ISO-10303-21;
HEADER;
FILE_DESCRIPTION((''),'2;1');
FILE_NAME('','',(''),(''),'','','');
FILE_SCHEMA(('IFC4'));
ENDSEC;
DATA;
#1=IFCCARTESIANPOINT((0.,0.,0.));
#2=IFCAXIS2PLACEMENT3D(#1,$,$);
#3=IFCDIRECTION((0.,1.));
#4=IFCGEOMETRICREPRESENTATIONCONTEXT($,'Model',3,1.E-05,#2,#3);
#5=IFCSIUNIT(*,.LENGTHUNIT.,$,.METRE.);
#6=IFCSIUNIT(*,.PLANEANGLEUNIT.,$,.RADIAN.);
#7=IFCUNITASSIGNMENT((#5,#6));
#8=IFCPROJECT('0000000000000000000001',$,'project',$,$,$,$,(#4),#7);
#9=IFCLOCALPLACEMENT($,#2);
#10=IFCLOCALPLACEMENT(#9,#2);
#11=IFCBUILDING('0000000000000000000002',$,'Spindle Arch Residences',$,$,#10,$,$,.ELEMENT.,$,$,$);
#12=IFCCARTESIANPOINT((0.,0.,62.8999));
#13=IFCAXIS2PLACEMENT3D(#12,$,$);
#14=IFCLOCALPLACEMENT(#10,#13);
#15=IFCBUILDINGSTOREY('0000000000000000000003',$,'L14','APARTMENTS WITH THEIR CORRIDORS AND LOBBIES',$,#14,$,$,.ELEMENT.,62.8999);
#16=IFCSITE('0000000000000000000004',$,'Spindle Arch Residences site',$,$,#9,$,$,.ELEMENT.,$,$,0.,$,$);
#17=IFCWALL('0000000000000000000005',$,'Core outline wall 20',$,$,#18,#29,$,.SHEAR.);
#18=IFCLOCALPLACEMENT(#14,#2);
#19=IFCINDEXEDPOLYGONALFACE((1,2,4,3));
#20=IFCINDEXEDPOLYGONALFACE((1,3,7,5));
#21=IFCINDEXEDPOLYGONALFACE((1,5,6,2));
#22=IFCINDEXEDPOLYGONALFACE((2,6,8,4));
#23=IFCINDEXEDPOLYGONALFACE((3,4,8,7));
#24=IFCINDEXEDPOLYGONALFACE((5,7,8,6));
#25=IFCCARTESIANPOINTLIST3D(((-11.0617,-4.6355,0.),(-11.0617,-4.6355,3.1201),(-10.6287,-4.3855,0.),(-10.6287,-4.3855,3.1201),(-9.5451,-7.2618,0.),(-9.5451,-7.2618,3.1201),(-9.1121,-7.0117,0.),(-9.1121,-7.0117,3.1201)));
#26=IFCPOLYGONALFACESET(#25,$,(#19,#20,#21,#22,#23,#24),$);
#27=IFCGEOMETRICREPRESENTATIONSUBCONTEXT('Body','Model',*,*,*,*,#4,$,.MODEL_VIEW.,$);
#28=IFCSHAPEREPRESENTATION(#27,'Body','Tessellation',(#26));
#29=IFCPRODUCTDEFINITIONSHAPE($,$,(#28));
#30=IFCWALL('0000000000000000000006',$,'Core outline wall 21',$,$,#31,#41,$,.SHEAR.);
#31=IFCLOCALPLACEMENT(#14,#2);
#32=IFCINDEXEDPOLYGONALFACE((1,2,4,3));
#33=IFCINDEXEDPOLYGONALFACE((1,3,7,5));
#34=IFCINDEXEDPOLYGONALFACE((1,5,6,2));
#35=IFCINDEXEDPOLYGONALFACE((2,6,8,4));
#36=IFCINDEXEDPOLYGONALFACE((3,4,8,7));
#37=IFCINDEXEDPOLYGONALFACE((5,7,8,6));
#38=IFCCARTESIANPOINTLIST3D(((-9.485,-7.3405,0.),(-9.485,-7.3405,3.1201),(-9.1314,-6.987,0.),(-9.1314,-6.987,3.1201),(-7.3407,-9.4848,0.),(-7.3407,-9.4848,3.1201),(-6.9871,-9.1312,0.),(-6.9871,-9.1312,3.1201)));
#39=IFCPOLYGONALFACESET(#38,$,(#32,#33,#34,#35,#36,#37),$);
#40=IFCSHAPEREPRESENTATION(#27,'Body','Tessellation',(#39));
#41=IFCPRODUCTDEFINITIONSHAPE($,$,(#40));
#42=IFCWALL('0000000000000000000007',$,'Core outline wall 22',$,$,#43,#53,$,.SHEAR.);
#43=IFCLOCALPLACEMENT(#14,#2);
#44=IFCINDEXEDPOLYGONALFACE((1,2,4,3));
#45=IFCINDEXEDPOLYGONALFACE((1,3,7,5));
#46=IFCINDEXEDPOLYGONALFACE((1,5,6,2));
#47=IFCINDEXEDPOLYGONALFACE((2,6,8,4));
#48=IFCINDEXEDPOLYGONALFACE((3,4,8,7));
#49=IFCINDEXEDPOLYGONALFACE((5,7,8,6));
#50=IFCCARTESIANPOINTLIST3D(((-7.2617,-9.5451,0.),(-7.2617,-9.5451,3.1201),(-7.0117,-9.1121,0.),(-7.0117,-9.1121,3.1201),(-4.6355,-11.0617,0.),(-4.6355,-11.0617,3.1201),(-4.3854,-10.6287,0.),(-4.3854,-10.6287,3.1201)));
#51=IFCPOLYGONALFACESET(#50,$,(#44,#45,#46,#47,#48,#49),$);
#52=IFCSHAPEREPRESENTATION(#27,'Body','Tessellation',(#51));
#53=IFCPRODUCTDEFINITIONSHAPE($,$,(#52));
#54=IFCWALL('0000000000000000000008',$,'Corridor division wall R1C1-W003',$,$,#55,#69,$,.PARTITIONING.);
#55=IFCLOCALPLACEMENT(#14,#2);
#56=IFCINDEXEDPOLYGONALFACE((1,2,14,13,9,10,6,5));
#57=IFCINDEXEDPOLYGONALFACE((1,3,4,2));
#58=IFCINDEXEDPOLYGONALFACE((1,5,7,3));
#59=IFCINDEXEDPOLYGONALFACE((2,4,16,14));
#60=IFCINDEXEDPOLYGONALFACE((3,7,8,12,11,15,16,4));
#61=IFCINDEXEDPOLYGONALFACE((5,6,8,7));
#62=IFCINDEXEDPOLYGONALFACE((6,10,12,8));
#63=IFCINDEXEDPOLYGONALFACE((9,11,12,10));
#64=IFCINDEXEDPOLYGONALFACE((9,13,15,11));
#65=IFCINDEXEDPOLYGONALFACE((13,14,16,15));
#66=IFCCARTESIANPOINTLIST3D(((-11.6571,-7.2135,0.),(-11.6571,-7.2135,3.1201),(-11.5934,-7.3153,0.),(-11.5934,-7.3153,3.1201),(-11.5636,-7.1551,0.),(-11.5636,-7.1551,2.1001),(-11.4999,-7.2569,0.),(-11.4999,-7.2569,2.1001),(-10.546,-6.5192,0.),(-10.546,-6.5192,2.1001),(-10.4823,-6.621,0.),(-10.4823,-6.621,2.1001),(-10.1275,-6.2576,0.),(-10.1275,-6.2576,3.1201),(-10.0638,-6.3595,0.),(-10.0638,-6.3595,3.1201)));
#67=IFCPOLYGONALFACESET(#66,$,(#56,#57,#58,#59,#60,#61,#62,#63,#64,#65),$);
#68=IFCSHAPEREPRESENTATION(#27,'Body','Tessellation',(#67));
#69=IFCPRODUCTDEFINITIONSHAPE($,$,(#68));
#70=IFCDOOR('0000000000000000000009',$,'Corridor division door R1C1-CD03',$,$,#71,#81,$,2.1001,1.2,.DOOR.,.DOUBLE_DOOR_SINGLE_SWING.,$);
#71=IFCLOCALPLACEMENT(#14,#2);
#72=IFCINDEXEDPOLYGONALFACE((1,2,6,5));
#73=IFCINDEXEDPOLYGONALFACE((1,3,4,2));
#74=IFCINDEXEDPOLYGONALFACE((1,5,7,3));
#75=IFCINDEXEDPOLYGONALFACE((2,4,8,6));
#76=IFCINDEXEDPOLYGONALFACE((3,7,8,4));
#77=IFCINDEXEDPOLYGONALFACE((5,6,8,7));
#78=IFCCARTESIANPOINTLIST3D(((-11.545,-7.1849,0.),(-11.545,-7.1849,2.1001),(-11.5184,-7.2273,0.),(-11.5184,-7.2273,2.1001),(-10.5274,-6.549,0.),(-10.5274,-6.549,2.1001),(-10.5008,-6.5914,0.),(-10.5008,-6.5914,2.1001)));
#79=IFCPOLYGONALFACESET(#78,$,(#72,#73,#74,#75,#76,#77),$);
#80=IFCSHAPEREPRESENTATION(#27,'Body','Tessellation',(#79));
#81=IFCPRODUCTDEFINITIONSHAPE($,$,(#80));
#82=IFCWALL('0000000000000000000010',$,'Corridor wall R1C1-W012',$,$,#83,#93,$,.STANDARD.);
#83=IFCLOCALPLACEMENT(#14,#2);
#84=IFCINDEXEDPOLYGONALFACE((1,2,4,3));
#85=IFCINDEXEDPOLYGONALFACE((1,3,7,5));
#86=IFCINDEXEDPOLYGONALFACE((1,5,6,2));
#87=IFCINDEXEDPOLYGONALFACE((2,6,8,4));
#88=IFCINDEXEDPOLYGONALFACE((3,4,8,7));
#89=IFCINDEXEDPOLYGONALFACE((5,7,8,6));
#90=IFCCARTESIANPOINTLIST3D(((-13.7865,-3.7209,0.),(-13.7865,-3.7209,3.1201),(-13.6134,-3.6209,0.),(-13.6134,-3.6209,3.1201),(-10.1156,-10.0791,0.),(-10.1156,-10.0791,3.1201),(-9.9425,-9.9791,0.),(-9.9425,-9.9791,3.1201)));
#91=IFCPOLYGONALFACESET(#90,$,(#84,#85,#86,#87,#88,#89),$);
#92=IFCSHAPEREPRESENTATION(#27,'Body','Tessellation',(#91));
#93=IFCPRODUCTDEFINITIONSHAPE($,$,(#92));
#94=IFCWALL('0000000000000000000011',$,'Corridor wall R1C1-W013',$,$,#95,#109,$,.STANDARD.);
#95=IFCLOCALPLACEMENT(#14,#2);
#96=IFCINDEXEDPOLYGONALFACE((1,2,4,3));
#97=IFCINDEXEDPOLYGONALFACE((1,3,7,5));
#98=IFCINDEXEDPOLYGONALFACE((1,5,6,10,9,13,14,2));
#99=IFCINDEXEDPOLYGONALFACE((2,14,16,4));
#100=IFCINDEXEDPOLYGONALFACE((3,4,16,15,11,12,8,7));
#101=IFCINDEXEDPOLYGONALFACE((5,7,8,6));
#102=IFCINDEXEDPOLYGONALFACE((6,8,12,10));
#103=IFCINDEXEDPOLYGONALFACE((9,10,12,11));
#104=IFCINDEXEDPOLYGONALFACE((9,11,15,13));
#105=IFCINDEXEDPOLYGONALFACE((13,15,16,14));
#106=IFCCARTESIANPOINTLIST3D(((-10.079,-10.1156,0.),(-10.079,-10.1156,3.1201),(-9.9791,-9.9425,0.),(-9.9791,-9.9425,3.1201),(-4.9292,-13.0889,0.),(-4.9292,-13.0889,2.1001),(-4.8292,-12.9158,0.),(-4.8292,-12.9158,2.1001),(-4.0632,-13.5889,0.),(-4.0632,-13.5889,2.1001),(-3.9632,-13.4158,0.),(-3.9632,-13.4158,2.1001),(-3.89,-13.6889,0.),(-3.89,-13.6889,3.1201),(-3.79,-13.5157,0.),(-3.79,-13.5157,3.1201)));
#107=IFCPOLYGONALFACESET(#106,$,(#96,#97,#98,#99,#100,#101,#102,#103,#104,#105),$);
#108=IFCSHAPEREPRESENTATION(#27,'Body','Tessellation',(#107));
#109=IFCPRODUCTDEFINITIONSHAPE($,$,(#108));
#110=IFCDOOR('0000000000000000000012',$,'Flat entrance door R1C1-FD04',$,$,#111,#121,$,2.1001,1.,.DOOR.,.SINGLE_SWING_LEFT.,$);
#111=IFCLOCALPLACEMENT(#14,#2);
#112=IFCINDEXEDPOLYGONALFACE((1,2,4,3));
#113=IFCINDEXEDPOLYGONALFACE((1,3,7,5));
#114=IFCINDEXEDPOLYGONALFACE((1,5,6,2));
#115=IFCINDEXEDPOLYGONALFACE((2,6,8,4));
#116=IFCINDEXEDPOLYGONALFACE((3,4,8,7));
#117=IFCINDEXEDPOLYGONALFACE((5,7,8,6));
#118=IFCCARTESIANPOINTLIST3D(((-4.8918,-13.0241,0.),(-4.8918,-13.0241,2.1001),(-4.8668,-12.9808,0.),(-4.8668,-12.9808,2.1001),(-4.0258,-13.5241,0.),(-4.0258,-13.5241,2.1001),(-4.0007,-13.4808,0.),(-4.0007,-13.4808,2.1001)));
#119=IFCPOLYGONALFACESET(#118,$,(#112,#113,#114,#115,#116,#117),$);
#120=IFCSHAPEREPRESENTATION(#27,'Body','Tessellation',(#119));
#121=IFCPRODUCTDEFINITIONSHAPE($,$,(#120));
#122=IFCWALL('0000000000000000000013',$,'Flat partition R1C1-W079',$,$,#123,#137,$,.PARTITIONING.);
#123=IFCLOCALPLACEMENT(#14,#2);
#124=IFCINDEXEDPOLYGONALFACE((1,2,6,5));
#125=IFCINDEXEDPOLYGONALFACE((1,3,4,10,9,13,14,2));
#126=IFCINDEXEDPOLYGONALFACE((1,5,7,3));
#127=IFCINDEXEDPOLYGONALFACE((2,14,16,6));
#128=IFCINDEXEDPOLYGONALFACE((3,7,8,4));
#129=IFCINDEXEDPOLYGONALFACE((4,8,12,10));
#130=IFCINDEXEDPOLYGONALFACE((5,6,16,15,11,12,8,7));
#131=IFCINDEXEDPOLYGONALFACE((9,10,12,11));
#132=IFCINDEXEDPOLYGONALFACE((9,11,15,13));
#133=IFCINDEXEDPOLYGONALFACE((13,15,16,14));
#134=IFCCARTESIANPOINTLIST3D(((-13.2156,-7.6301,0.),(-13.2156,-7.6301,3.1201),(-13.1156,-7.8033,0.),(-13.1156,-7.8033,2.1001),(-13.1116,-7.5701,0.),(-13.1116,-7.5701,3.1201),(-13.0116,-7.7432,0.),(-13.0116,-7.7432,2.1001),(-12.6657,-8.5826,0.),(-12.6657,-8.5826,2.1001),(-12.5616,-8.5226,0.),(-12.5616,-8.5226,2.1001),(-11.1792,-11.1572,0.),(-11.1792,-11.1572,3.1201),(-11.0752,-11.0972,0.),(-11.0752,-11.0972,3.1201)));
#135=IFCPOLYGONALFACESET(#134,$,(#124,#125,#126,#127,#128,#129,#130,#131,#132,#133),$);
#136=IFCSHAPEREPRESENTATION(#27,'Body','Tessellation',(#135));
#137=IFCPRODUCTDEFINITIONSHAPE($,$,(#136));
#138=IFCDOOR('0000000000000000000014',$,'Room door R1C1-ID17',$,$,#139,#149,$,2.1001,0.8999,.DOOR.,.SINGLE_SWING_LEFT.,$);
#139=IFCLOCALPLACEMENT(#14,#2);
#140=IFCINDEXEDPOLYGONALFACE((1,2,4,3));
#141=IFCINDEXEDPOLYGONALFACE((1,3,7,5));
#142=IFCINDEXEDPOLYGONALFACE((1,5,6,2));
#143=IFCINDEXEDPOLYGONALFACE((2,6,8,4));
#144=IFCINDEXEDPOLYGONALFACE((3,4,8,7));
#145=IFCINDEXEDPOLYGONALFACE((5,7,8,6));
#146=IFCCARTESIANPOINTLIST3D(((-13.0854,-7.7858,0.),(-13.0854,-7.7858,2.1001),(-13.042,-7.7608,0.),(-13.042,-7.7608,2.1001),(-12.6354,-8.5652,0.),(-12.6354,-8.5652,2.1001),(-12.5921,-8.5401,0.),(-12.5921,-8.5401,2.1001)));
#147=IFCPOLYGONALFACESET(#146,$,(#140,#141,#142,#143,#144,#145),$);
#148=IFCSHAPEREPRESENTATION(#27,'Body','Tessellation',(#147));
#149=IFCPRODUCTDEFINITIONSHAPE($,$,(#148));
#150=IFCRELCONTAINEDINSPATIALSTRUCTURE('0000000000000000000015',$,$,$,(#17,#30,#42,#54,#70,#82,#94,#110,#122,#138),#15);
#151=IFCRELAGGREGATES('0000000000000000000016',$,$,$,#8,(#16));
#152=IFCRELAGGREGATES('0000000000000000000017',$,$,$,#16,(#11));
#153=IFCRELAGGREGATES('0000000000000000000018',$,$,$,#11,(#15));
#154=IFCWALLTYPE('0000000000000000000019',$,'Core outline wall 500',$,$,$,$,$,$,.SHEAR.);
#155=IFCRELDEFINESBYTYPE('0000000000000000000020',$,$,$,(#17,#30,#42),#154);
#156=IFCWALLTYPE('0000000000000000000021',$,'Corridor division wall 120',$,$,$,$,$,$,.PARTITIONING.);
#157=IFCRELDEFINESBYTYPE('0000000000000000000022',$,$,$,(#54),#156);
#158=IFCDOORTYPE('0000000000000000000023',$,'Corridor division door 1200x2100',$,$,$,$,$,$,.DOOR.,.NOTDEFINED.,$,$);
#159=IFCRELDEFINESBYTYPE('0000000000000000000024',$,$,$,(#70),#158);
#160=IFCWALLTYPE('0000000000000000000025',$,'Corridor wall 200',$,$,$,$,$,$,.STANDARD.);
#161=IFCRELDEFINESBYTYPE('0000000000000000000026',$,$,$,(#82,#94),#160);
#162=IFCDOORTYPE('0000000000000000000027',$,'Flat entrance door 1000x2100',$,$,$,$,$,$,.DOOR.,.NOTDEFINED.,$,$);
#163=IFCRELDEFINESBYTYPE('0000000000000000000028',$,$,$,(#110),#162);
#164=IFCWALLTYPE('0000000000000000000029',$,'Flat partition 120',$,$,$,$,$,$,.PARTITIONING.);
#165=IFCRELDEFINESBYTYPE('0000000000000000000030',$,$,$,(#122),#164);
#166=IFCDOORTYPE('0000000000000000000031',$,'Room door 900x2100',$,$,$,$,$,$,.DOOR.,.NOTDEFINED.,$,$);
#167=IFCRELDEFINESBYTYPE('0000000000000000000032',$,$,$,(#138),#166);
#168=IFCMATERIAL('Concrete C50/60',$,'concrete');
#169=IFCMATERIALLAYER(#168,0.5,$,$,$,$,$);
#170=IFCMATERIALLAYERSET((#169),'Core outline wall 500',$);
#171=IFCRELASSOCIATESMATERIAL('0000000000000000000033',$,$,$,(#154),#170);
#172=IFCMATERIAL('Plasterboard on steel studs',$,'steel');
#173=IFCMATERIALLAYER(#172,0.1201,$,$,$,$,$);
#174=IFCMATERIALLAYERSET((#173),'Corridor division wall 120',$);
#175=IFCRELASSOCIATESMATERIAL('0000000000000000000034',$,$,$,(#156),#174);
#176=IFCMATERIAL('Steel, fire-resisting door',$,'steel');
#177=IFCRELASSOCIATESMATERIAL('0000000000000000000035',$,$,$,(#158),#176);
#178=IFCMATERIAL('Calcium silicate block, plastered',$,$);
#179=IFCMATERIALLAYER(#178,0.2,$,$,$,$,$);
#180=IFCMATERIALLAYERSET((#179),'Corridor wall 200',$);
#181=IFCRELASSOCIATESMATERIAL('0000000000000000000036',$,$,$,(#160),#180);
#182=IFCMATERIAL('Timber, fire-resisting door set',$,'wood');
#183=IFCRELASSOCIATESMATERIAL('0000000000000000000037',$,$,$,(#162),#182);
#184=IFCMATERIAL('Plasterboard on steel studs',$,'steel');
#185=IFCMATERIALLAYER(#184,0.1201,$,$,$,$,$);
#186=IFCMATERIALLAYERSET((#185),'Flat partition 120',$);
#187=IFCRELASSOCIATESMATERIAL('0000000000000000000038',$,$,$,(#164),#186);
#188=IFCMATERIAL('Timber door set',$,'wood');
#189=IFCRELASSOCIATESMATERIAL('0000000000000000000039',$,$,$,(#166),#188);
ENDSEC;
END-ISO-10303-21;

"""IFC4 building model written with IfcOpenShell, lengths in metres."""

from ifc_helpers import new_model, si_unit, direction, frame, frame_2d, origin, place, context, subcontext, project, spatial, rectangle, extrude, material, layer, layer_set, type_object, element, fill, save


model = new_model("IFC4")

# Units and contexts
model_context = context("Model", 3, precision=1e-05, world=origin(), true_north=direction((0.0, 1.0)))
body_context = subcontext(model_context, "Body", "Model", "MODEL_VIEW")
ifc_project = project(units=[si_unit("LENGTHUNIT", "METRE"), si_unit("PLANEANGLEUNIT", "RADIAN")], contexts=[model_context])

# Site, building, storey
site_placement = place(None, origin())
site = spatial("IfcSite", under=ifc_project, at=site_placement, Name="Spindle Arch Residences site", CompositionType="ELEMENT", RefElevation=0.0)
building_placement = place(site_placement, origin())
building = spatial("IfcBuilding", under=site, at=building_placement, Name="Spindle Arch Residences", CompositionType="ELEMENT")
storey_placement = place(building_placement, frame((0.0, 0.0, 62.8999)))
storey = spatial("IfcBuildingStorey", under=building, at=storey_placement, Name="L14", Description="APARTMENTS WITH THEIR CORRIDORS AND LOBBIES", CompositionType="ELEMENT", Elevation=62.8999)

# Walls
ifc_material_1 = material(Name="Concrete C50/60", Category="concrete")
ifc_layer_1 = layer(ifc_material_1, 0.5)
ifc_layer_set_1 = layer_set([ifc_layer_1], Name="Core outline wall 500")
wall_type_1 = type_object("IfcWallType", Name="Core outline wall 500", PredefinedType="SHEAR", material=ifc_layer_set_1)
wall_1_placement = place(storey_placement, frame((-10.8452, -4.5105, 0.0), z_axis=(0.0, 0.0, 1.0), x_axis=(0.500087, -0.865975, 0.0)))
element("IfcWall", 1, at=wall_1_placement, inside=storey, type_object=wall_type_1, Name="Core outline wall 20", PredefinedType="SHEAR", context=body_context, shape_type="SweptSolid", body=[
    extrude(rectangle(XDim=3.0327, YDim=0.5, at=frame_2d((1.5164, 0.0))), origin(), (0.0, 0.0, 1.0), 3.1201),
])
wall_2_placement = place(storey_placement, frame((-9.3081, -7.1638, 0.0), z_axis=(0.0, 0.0, 1.0), x_axis=(0.707107, -0.707107, 0.0)))
element("IfcWall", 2, at=wall_2_placement, inside=storey, type_object=wall_type_1, Name="Core outline wall 21", PredefinedType="SHEAR", context=body_context, shape_type="SweptSolid", body=[
    extrude(rectangle(XDim=3.0325, YDim=0.5, at=frame_2d((1.5161, 0.0))), origin(), (0.0, 0.0, 1.0), 3.1201),
])
wall_3_placement = place(storey_placement, frame((-7.1367, -9.3286, 0.0), z_axis=(0.0, 0.0, 1.0), x_axis=(0.865975, -0.500087, 0.0)))
element("IfcWall", 3, at=wall_3_placement, inside=storey, type_object=wall_type_1, Name="Core outline wall 22", PredefinedType="SHEAR", context=body_context, shape_type="SweptSolid", body=[
    extrude(rectangle(XDim=3.0327, YDim=0.5, at=frame_2d((1.5164, 0.0))), origin(), (0.0, 0.0, 1.0), 3.1201),
])

# Wall, opening, door
ifc_material_2 = material(Name="Plasterboard on steel studs", Category="steel")
ifc_layer_2 = layer(ifc_material_2, 0.1201)
ifc_layer_set_2 = layer_set([ifc_layer_2], Name="Corridor division wall 120")
wall_type_2 = type_object("IfcWallType", Name="Corridor division wall 120", PredefinedType="PARTITIONING", material=ifc_layer_set_2)
wall_4_placement = place(storey_placement, frame((-11.6252, -7.2644, 0.0), z_axis=(0.0, 0.0, 1.0), x_axis=(0.848036, 0.529938, 0.0)))
wall_4 = element("IfcWall", 4, at=wall_4_placement, inside=storey, type_object=wall_type_2, Name="Corridor division wall R1C1-W003", PredefinedType="PARTITIONING", context=body_context, shape_type="SweptSolid", body=[
    extrude(rectangle(XDim=1.8037, YDim=0.1201, at=frame_2d((0.9019, 0.0))), origin(), (0.0, 0.0, 1.0), 3.1201),
])
opening_1_placement = place(wall_4_placement, frame((0.1101, 0.0, 0.0)))
opening_1 = element("IfcOpeningElement", 5, at=opening_1_placement, cuts=wall_4, PredefinedType="OPENING", context=body_context, shape_type="SweptSolid", body=[
    extrude(rectangle(XDim=1.2, YDim=2.1001, at=frame_2d((0.6001, 1.05))), frame((0.0, 0.0701, 0.0), z_axis=(0.0, -1.0, 0.0), x_axis=(1.0, 0.0, 0.0)), (0.0, 0.0, 1.0), 0.1401),
])
ifc_material_3 = material(Name="Steel, fire-resisting door", Category="steel")
door_type_1 = type_object("IfcDoorType", Name="Corridor division door 1200x2100", OperationType="NOTDEFINED", PredefinedType="DOOR", material=ifc_material_3)
door_1_placement = place(opening_1_placement, origin())
door_1 = element("IfcDoor", 6, at=door_1_placement, inside=storey, type_object=door_type_1, Name="Corridor division door R1C1-CD03", OperationType="DOUBLE_DOOR_SINGLE_SWING", OverallHeight=2.1001, OverallWidth=1.2, PredefinedType="DOOR", context=body_context, shape_type="SweptSolid", body=[
    extrude(rectangle(XDim=1.2, YDim=2.1001, at=frame_2d((0.6001, 1.05))), frame((0.0, 0.0249, 0.0), z_axis=(0.0, -1.0, 0.0), x_axis=(1.0, 0.0, 0.0)), (0.0, 0.0, 1.0), 0.05),
])
fill(opening_1, door_1)

# Wall
ifc_material_4 = material(Name="Calcium silicate block, plastered")
ifc_layer_3 = layer(ifc_material_4, 0.2)
ifc_layer_set_3 = layer_set([ifc_layer_3], Name="Corridor wall 200")
wall_type_3 = type_object("IfcWallType", Name="Corridor wall 200", PredefinedType="STANDARD", material=ifc_layer_set_3)
wall_5_placement = place(storey_placement, frame((-13.7, -3.6709, 0.0), z_axis=(0.0, 0.0, 1.0), x_axis=(0.500002, -0.866024, 0.0)))
element("IfcWall", 7, at=wall_5_placement, inside=storey, type_object=wall_type_3, Name="Corridor wall R1C1-W012", PredefinedType="STANDARD", context=body_context, shape_type="SweptSolid", body=[
    extrude(rectangle(XDim=7.3418, YDim=0.2, at=frame_2d((3.6709, 0.0))), origin(), (0.0, 0.0, 1.0), 3.1201),
])

# Walls, openings, doors
wall_6_placement = place(storey_placement, frame((-10.0291, -10.0291, 0.0), z_axis=(0.0, 0.0, 1.0), x_axis=(0.866023, -0.500004, 0.0)))
wall_6 = element("IfcWall", 8, at=wall_6_placement, inside=storey, type_object=wall_type_3, Name="Corridor wall R1C1-W013", PredefinedType="STANDARD", context=body_context, shape_type="SweptSolid", body=[
    extrude(rectangle(XDim=7.1465, YDim=0.2, at=frame_2d((3.5732, 0.0))), origin(), (0.0, 0.0, 1.0), 3.1201),
])
opening_2_placement = place(wall_6_placement, frame((5.9465, 0.0, 0.0)))
opening_2 = element("IfcOpeningElement", 9, at=opening_2_placement, cuts=wall_6, PredefinedType="OPENING", context=body_context, shape_type="SweptSolid", body=[
    extrude(rectangle(XDim=1.0, YDim=2.1001, at=frame_2d((0.5, 1.05))), frame((0.0, 0.1099, 0.0), z_axis=(0.0, -1.0, 0.0), x_axis=(1.0, 0.0, 0.0)), (0.0, 0.0, 1.0), 0.22),
])
ifc_material_5 = material(Name="Timber, fire-resisting door set", Category="wood")
door_type_2 = type_object("IfcDoorType", Name="Flat entrance door 1000x2100", OperationType="NOTDEFINED", PredefinedType="DOOR", material=ifc_material_5)
door_2_placement = place(opening_2_placement, origin())
door_2 = element("IfcDoor", 10, at=door_2_placement, inside=storey, type_object=door_type_2, Name="Flat entrance door R1C1-FD04", OperationType="SINGLE_SWING_LEFT", OverallHeight=2.1001, OverallWidth=1.0, PredefinedType="DOOR", context=body_context, shape_type="SweptSolid", body=[
    extrude(rectangle(XDim=1.0, YDim=2.1001, at=frame_2d((0.5, 1.05))), frame((0.0, 0.0249, 0.0), z_axis=(0.0, -1.0, 0.0), x_axis=(1.0, 0.0, 0.0)), (0.0, 0.0, 1.0), 0.05),
])
fill(opening_2, door_2)
ifc_material_6 = material(Name="Plasterboard on steel studs", Category="steel")
ifc_layer_4 = layer(ifc_material_6, 0.1201)
ifc_layer_set_4 = layer_set([ifc_layer_4], Name="Flat partition 120")
wall_type_4 = type_object("IfcWallType", Name="Flat partition 120", PredefinedType="PARTITIONING", material=ifc_layer_set_4)
wall_7_placement = place(storey_placement, frame((-13.1636, -7.6001, 0.0), z_axis=(0.0, 0.0, 1.0), x_axis=(0.500001, -0.866025, 0.0)))
wall_7 = element("IfcWall", 11, at=wall_7_placement, inside=storey, type_object=wall_type_4, Name="Flat partition R1C1-W079", PredefinedType="PARTITIONING", context=body_context, shape_type="SweptSolid", body=[
    extrude(rectangle(XDim=4.0728, YDim=0.1201, at=frame_2d((2.0364, 0.0))), origin(), (0.0, 0.0, 1.0), 3.1201),
])
opening_3_placement = place(wall_7_placement, frame((0.2, 0.0, 0.0)))
opening_3 = element("IfcOpeningElement", 12, at=opening_3_placement, cuts=wall_7, PredefinedType="OPENING", context=body_context, shape_type="SweptSolid", body=[
    extrude(rectangle(XDim=0.8999, YDim=2.1001, at=frame_2d((0.45, 1.05))), frame((0.0, 0.0701, 0.0), z_axis=(0.0, -1.0, 0.0), x_axis=(1.0, 0.0, 0.0)), (0.0, 0.0, 1.0), 0.1401),
])
ifc_material_7 = material(Name="Timber door set", Category="wood")
door_type_3 = type_object("IfcDoorType", Name="Room door 900x2100", OperationType="NOTDEFINED", PredefinedType="DOOR", material=ifc_material_7)
door_3_placement = place(opening_3_placement, origin())
door_3 = element("IfcDoor", 13, at=door_3_placement, inside=storey, type_object=door_type_3, Name="Room door R1C1-ID17", OperationType="SINGLE_SWING_LEFT", OverallHeight=2.1001, OverallWidth=0.8999, PredefinedType="DOOR", context=body_context, shape_type="SweptSolid", body=[
    extrude(rectangle(XDim=0.8999, YDim=2.1001, at=frame_2d((0.45, 1.05))), frame((0.0, 0.0249, 0.0), z_axis=(0.0, -1.0, 0.0), x_axis=(1.0, 0.0, 0.0)), (0.0, 0.0, 1.0), 0.05),
])
fill(opening_3, door_3)

save(model, "model.ifc")
